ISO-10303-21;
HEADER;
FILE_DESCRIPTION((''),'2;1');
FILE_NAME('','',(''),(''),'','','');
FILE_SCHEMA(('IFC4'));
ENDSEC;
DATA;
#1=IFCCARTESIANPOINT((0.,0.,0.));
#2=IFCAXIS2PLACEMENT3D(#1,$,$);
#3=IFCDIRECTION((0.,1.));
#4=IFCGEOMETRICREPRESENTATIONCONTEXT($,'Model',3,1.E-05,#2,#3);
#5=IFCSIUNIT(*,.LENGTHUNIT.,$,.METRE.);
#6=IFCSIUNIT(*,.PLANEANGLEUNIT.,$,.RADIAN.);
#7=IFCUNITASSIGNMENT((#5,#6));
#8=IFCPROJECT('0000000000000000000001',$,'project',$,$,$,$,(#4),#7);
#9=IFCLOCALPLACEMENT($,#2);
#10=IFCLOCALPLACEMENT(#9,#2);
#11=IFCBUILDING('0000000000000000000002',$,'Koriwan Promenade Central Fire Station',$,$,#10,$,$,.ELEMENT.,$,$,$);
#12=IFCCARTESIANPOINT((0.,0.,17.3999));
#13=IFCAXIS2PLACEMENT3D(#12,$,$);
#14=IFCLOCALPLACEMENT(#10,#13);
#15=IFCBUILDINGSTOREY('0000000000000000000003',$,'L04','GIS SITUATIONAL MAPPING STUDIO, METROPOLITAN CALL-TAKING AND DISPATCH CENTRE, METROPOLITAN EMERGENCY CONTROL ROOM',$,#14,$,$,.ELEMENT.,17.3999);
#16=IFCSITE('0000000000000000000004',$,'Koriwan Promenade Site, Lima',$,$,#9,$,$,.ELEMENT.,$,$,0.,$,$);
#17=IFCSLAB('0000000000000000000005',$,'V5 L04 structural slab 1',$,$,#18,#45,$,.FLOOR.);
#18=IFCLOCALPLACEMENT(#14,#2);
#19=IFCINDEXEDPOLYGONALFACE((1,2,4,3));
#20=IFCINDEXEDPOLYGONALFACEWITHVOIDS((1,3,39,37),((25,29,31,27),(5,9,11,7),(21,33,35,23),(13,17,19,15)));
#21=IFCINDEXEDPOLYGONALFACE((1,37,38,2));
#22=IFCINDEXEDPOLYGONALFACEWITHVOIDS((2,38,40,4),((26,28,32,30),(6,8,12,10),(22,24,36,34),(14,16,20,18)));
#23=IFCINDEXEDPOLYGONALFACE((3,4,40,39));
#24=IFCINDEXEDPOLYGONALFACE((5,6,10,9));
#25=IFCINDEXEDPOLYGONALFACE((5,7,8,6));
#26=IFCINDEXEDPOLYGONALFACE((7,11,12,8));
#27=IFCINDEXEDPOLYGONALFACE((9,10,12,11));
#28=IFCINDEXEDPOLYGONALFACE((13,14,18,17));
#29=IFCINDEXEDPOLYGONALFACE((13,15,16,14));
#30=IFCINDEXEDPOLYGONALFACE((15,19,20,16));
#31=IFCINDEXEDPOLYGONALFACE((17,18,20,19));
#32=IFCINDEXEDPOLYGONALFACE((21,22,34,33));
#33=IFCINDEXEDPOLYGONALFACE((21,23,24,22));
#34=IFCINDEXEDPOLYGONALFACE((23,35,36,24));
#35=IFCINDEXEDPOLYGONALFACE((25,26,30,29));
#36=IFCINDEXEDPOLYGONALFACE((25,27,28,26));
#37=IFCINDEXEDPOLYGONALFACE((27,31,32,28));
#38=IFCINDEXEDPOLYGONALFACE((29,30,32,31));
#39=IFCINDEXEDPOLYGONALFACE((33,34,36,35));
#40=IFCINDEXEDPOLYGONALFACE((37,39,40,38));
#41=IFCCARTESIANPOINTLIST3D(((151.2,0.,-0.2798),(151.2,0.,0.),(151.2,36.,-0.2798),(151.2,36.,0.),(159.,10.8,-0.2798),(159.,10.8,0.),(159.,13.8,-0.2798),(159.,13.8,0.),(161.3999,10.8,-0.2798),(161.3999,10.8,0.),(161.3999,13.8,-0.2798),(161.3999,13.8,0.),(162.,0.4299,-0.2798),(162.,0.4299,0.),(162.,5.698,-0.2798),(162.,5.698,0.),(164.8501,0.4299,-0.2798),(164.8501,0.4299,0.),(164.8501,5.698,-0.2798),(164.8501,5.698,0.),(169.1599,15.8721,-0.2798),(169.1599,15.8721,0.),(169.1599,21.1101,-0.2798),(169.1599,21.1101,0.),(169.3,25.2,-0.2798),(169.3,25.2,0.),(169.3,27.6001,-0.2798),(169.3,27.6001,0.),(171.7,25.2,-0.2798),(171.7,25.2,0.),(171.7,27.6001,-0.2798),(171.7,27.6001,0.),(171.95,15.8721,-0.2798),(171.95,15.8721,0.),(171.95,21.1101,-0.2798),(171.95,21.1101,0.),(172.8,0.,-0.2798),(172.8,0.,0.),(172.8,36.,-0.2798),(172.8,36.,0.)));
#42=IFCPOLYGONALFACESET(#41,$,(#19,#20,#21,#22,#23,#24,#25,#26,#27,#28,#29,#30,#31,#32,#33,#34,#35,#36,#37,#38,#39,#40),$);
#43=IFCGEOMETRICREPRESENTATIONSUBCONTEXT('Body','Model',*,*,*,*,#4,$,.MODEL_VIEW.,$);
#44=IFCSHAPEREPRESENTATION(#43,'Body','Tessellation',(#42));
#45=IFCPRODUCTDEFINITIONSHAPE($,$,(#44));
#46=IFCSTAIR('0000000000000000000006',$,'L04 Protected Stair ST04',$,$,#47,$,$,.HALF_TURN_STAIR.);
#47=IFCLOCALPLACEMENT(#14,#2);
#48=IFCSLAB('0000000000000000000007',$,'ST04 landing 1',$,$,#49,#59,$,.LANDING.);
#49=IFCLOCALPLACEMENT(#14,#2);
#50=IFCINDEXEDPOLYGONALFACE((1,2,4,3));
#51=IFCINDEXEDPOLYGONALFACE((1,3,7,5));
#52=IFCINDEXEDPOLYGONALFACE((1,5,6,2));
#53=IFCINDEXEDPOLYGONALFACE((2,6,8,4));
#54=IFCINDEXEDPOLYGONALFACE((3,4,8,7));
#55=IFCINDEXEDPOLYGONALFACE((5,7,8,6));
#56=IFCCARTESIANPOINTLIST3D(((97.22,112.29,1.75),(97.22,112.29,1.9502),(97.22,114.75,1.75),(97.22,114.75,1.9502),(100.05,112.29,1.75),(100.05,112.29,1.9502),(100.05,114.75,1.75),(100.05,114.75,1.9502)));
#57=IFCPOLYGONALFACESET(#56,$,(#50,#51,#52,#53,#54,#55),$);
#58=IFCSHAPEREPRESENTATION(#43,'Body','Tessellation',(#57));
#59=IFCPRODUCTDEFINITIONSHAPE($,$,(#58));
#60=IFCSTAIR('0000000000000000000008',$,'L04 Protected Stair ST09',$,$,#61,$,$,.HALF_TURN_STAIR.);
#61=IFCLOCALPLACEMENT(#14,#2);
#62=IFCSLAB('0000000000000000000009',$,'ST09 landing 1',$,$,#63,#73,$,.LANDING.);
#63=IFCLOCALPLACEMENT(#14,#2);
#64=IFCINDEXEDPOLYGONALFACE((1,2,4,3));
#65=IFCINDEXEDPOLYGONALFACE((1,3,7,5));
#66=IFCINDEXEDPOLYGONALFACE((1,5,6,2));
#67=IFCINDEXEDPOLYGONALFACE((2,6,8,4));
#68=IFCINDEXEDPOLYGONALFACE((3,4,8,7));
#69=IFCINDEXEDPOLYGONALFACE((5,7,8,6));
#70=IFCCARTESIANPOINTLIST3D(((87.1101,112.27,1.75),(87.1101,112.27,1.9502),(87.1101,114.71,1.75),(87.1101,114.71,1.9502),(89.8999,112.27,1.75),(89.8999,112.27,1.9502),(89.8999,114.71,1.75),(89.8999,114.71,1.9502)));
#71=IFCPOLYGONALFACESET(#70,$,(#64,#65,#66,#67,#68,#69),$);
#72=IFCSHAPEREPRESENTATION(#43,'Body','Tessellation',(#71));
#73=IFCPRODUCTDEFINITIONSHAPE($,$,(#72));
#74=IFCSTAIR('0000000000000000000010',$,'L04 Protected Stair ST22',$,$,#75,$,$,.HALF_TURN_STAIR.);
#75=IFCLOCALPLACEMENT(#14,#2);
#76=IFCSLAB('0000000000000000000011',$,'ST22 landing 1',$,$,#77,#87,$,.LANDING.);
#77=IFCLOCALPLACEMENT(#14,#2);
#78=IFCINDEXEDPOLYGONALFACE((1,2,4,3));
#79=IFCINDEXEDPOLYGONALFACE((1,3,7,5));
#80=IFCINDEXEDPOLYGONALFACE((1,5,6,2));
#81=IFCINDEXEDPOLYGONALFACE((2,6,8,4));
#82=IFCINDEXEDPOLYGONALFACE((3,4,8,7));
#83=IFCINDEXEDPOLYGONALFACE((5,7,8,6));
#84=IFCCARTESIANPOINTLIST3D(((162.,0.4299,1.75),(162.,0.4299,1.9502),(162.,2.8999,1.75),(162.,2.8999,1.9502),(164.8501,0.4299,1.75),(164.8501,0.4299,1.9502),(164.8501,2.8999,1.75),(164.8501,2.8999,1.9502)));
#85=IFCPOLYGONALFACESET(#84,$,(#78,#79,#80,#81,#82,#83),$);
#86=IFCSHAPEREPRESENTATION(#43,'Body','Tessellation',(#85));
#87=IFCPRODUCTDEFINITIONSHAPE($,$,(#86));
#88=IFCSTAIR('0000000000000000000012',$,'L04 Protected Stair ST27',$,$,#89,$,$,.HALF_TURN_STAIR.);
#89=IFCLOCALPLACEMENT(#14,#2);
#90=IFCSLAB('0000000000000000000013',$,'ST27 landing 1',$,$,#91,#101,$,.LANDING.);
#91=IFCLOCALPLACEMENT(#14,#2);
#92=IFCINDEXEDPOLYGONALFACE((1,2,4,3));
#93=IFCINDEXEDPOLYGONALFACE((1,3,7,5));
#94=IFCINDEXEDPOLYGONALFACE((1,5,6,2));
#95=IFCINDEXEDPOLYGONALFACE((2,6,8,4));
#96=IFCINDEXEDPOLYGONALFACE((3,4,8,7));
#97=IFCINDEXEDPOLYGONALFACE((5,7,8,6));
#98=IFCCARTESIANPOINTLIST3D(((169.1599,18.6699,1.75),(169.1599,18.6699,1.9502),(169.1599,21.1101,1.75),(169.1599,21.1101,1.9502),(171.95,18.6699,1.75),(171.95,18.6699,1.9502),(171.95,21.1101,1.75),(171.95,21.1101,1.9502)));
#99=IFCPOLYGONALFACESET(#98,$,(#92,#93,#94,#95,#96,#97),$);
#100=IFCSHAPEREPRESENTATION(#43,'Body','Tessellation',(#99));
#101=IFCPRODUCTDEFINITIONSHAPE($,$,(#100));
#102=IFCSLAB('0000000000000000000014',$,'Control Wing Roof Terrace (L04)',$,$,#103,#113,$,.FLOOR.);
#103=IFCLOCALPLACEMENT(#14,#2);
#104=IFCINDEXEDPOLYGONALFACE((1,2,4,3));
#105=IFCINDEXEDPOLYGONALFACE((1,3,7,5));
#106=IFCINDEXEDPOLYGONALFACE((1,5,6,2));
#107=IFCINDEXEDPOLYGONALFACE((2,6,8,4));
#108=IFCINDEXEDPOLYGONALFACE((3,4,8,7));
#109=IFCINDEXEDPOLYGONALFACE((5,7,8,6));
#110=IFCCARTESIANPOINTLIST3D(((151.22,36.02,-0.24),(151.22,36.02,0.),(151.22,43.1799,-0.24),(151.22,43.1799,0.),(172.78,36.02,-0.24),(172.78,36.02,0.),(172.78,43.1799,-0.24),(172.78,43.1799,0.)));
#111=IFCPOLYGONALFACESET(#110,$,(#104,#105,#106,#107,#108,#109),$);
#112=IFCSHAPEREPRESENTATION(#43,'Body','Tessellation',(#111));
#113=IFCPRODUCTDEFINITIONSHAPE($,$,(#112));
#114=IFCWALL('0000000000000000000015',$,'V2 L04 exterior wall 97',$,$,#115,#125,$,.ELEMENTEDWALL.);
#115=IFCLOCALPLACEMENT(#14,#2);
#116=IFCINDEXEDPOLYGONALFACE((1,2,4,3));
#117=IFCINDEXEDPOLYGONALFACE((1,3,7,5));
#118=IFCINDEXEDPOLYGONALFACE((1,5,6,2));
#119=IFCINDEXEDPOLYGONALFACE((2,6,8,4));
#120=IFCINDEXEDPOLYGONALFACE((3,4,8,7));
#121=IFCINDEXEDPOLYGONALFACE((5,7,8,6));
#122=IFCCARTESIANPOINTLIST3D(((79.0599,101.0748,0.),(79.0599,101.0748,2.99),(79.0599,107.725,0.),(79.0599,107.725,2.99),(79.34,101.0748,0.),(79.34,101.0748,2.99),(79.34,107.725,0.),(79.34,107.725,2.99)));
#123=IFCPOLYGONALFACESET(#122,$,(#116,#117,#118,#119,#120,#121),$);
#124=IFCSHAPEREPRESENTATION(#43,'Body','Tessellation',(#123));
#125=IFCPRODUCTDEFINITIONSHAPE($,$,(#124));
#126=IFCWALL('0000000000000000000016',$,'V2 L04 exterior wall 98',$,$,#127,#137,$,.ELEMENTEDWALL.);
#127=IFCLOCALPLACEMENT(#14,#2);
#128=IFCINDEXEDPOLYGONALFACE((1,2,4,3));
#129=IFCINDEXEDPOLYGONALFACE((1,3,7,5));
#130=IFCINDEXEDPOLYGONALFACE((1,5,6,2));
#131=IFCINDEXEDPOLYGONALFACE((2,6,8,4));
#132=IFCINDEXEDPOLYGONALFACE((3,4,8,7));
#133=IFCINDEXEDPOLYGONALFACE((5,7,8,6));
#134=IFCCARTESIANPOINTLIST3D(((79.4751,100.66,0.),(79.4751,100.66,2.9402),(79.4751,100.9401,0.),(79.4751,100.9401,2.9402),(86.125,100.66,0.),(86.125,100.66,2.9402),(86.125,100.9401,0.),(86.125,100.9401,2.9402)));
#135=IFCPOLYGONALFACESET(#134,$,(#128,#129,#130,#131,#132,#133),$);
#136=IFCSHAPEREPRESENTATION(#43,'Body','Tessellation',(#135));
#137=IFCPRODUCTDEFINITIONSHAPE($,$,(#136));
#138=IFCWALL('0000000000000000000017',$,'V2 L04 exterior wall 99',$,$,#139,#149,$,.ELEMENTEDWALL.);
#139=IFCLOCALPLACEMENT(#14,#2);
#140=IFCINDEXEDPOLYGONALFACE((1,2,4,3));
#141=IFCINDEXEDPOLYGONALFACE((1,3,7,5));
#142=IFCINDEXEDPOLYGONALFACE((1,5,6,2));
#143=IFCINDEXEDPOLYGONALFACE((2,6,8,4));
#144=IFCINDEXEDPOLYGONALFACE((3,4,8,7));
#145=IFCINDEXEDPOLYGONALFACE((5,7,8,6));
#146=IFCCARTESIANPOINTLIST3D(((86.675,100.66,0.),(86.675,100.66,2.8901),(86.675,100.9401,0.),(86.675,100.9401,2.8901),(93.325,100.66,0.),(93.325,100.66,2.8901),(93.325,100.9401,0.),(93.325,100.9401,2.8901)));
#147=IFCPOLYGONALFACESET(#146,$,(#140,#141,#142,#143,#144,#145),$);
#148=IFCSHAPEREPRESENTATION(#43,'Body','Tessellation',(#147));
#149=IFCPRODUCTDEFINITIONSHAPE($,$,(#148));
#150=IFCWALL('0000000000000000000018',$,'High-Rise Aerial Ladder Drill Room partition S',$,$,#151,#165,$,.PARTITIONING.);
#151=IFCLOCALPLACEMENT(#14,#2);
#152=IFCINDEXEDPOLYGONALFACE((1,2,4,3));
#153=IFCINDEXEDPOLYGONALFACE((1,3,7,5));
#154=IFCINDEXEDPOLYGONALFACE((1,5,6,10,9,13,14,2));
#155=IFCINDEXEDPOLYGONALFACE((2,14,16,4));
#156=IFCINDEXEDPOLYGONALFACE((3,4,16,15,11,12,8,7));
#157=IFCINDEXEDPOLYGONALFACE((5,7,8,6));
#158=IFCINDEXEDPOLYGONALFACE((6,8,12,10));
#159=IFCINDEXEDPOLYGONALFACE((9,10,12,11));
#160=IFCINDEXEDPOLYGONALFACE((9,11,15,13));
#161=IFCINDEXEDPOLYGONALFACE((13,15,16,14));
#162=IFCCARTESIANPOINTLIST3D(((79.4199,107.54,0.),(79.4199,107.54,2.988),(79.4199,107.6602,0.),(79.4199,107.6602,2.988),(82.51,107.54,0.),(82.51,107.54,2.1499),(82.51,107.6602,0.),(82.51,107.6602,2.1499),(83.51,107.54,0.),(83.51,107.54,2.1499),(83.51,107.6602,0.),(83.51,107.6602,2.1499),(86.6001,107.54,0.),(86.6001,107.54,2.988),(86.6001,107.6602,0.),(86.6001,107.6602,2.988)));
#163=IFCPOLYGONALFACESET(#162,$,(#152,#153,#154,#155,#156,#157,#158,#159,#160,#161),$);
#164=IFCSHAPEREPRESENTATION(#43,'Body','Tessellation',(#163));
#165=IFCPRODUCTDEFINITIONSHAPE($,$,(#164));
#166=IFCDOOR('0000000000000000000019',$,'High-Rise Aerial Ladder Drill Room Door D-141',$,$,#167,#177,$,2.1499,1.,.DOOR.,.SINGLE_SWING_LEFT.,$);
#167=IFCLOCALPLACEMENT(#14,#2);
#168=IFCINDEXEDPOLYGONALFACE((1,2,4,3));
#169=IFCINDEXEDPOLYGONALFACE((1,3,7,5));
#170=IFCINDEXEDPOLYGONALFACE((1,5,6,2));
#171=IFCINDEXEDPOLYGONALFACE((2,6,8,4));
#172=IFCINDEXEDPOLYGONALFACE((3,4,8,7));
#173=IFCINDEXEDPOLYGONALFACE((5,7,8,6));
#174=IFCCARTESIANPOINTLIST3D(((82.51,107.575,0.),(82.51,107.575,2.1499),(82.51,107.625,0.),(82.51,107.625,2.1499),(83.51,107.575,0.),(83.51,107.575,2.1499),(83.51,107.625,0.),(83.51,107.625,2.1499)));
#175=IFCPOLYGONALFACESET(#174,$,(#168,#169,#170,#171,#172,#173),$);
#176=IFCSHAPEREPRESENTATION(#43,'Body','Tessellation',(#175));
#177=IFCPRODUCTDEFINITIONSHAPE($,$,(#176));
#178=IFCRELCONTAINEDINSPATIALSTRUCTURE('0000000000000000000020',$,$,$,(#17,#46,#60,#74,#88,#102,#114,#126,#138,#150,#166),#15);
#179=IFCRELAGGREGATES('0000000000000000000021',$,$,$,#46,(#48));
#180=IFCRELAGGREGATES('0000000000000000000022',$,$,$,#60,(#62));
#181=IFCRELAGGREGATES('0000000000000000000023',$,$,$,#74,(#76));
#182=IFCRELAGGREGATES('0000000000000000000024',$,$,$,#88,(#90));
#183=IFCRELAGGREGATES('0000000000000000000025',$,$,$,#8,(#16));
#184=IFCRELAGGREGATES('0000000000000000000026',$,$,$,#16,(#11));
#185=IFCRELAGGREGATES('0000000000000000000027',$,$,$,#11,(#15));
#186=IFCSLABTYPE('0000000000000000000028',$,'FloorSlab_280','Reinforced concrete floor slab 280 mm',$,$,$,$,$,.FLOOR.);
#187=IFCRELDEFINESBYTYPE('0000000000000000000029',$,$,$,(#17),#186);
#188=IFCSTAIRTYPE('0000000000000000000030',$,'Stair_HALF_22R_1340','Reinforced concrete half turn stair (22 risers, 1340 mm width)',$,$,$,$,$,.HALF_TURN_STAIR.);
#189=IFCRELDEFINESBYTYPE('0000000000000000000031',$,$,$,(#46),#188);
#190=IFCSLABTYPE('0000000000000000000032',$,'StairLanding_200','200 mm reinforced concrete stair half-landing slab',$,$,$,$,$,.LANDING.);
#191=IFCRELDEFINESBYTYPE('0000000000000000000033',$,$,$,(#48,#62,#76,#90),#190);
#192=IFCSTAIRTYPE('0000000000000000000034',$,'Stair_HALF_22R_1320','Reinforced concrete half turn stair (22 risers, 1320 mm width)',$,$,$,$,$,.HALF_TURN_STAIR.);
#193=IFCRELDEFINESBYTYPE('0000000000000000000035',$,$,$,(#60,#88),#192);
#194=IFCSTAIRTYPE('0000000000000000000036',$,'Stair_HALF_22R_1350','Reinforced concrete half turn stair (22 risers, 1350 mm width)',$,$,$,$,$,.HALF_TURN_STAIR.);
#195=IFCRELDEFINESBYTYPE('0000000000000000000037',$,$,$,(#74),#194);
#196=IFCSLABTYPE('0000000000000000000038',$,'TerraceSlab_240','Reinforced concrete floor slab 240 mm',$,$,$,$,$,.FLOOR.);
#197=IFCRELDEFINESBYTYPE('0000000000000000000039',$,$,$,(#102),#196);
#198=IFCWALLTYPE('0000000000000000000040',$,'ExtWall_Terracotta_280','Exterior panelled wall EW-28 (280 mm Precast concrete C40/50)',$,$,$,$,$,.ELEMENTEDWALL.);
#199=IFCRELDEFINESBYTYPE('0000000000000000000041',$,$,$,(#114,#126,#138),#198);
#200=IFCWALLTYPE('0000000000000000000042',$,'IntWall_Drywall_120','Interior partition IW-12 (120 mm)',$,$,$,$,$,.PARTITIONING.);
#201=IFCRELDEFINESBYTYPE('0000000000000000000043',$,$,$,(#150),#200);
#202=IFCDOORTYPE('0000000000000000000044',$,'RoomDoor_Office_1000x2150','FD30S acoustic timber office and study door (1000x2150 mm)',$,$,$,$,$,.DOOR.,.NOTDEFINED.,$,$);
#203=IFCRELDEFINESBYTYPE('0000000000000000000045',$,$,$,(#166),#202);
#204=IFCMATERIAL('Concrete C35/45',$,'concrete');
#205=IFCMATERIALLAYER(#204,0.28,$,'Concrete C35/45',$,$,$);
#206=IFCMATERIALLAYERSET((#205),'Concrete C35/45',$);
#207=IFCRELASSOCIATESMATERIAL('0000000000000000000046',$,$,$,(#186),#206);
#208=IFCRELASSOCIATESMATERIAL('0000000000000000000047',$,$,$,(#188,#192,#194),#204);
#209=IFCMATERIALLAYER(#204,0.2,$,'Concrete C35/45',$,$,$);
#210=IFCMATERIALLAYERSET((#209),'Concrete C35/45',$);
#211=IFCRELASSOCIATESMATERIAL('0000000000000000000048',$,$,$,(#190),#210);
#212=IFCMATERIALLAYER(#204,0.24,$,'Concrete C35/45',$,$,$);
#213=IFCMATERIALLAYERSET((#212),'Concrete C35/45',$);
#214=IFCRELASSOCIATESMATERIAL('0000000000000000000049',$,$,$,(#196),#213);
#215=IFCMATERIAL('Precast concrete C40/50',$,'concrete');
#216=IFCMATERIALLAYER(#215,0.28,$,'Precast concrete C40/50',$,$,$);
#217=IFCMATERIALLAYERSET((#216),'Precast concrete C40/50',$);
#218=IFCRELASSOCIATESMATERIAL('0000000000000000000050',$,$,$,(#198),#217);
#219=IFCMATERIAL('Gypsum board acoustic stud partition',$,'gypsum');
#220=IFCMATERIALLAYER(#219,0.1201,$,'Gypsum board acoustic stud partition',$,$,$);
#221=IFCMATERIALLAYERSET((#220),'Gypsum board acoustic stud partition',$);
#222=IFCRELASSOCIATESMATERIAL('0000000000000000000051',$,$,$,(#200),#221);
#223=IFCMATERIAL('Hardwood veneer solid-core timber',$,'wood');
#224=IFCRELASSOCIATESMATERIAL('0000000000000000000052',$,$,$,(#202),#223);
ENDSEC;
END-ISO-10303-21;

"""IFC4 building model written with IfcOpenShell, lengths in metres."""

from ifc_helpers import new_model, si_unit, direction, frame, frame_2d, origin, place, context, subcontext, project, spatial, polyline, rectangle, outline, extrude, material, layer, layer_set, type_object, element, fill, aggregate, save


model = new_model("IFC4")

# Units and contexts
model_context = context("Model", 3, precision=1e-05, world=origin(), true_north=direction((0.0, 1.0)))
body_context = subcontext(model_context, "Body", "Model", "MODEL_VIEW")
ifc_project = project(units=[si_unit("LENGTHUNIT", "METRE"), si_unit("PLANEANGLEUNIT", "RADIAN")], contexts=[model_context])

# Site, building, storey
site_placement = place(None, origin())
site = spatial("IfcSite", under=ifc_project, at=site_placement, Name="Koriwan Promenade Site, Lima", CompositionType="ELEMENT", RefElevation=0.0)
building_placement = place(site_placement, origin())
building = spatial("IfcBuilding", under=site, at=building_placement, Name="Koriwan Promenade Central Fire Station", CompositionType="ELEMENT")
storey_placement = place(building_placement, frame((0.0, 0.0, 17.3999)))
storey = spatial("IfcBuildingStorey", under=building, at=storey_placement, Name="L04", Description="GIS SITUATIONAL MAPPING STUDIO, METROPOLITAN CALL-TAKING AND DISPATCH CENTRE, METROPOLITAN EMERGENCY CONTROL ROOM", CompositionType="ELEMENT", Elevation=17.3999)

# Shared definitions
ifc_material_1 = material(Name="Concrete C35/45", Category="concrete")

# Slab
ifc_layer_1 = layer(ifc_material_1, 0.28, Name="Concrete C35/45")
ifc_layer_set_1 = layer_set([ifc_layer_1], Name="Concrete C35/45")
slab_type_1 = type_object("IfcSlabType", Name="FloorSlab_280", Description="Reinforced concrete floor slab 280 mm", PredefinedType="FLOOR", material=ifc_layer_set_1)
slab_1_placement = place(storey_placement, frame((0.0, 0.0, -0.2798)))
element("IfcSlab", 1, at=slab_1_placement, inside=storey, type_object=slab_type_1, Name="V5 L04 structural slab 1", PredefinedType="FLOOR", context=body_context, shape_type="SweptSolid", body=[
    extrude(outline(polyline([(172.8, 36.0), (172.8, 0.0), (151.2, 0.0), (151.2, 36.0), (172.8, 36.0)]), holes=[polyline([(164.8501, 5.698), (162.0, 5.698), (162.0, 0.4299), (164.8501, 0.4299), (164.8501, 5.698)]), polyline([(171.95, 15.8721), (171.95, 21.1101), (169.1599, 21.1101), (169.1599, 15.8721), (171.95, 15.8721)]), polyline([(159.0, 10.8), (161.3999, 10.8), (161.3999, 13.8), (159.0, 13.8), (159.0, 10.8)]), polyline([(171.7, 27.6001), (169.3, 27.6001), (169.3, 25.2), (171.7, 25.2), (171.7, 27.6001)])]), origin(), (0.0, 0.0, 1.0), 0.2798),
])

# Stairs, slabs
stair_type_1 = type_object("IfcStairType", Name="Stair_HALF_22R_1340", Description="Reinforced concrete half turn stair (22 risers, 1340 mm width)", PredefinedType="HALF_TURN_STAIR", material=ifc_material_1)
stair_1_placement = place(storey_placement, origin())
stair_1 = element("IfcStair", 2, at=stair_1_placement, inside=storey, type_object=stair_type_1, Name="L04 Protected Stair ST04", PredefinedType="HALF_TURN_STAIR")
ifc_layer_2 = layer(ifc_material_1, 0.2, Name="Concrete C35/45")
ifc_layer_set_2 = layer_set([ifc_layer_2], Name="Concrete C35/45")
slab_type_2 = type_object("IfcSlabType", Name="StairLanding_200", Description="200 mm reinforced concrete stair half-landing slab", PredefinedType="LANDING", material=ifc_layer_set_2)
slab_2_placement = place(storey_placement, frame((0.0, 0.0, 1.75)))
slab_2 = element("IfcSlab", 3, at=slab_2_placement, type_object=slab_type_2, Name="ST04 landing 1", PredefinedType="LANDING", context=body_context, shape_type="SweptSolid", body=[
    extrude(outline(polyline([(100.05, 112.29), (100.05, 114.75), (97.22, 114.75), (97.22, 112.29), (100.05, 112.29)])), origin(), (0.0, 0.0, 1.0), 0.2002),
])
aggregate(stair_1, [slab_2])
stair_type_2 = type_object("IfcStairType", Name="Stair_HALF_22R_1320", Description="Reinforced concrete half turn stair (22 risers, 1320 mm width)", PredefinedType="HALF_TURN_STAIR", material=ifc_material_1)
stair_2_placement = place(storey_placement, origin())
stair_2 = element("IfcStair", 4, at=stair_2_placement, inside=storey, type_object=stair_type_2, Name="L04 Protected Stair ST09", PredefinedType="HALF_TURN_STAIR")
slab_3_placement = place(storey_placement, frame((0.0, 0.0, 1.75)))
slab_3 = element("IfcSlab", 5, at=slab_3_placement, type_object=slab_type_2, Name="ST09 landing 1", PredefinedType="LANDING", context=body_context, shape_type="SweptSolid", body=[
    extrude(outline(polyline([(89.8999, 112.27), (89.8999, 114.71), (87.1101, 114.71), (87.1101, 112.27), (89.8999, 112.27)])), origin(), (0.0, 0.0, 1.0), 0.2002),
])
aggregate(stair_2, [slab_3])
stair_type_3 = type_object("IfcStairType", Name="Stair_HALF_22R_1350", Description="Reinforced concrete half turn stair (22 risers, 1350 mm width)", PredefinedType="HALF_TURN_STAIR", material=ifc_material_1)
stair_3_placement = place(storey_placement, origin())
stair_3 = element("IfcStair", 6, at=stair_3_placement, inside=storey, type_object=stair_type_3, Name="L04 Protected Stair ST22", PredefinedType="HALF_TURN_STAIR")
slab_4_placement = place(storey_placement, frame((0.0, 0.0, 1.75)))
slab_4 = element("IfcSlab", 7, at=slab_4_placement, type_object=slab_type_2, Name="ST22 landing 1", PredefinedType="LANDING", context=body_context, shape_type="SweptSolid", body=[
    extrude(outline(polyline([(162.0, 2.8999), (162.0, 0.4299), (164.8501, 0.4299), (164.8501, 2.8999), (162.0, 2.8999)])), origin(), (0.0, 0.0, 1.0), 0.2002),
])
aggregate(stair_3, [slab_4])
stair_4_placement = place(storey_placement, origin())
stair_4 = element("IfcStair", 8, at=stair_4_placement, inside=storey, type_object=stair_type_2, Name="L04 Protected Stair ST27", PredefinedType="HALF_TURN_STAIR")
slab_5_placement = place(storey_placement, frame((0.0, 0.0, 1.75)))
slab_5 = element("IfcSlab", 9, at=slab_5_placement, type_object=slab_type_2, Name="ST27 landing 1", PredefinedType="LANDING", context=body_context, shape_type="SweptSolid", body=[
    extrude(outline(polyline([(171.95, 18.6699), (171.95, 21.1101), (169.1599, 21.1101), (169.1599, 18.6699), (171.95, 18.6699)])), origin(), (0.0, 0.0, 1.0), 0.2002),
])
aggregate(stair_4, [slab_5])

# Slab
ifc_layer_3 = layer(ifc_material_1, 0.24, Name="Concrete C35/45")
ifc_layer_set_3 = layer_set([ifc_layer_3], Name="Concrete C35/45")
slab_type_3 = type_object("IfcSlabType", Name="TerraceSlab_240", Description="Reinforced concrete floor slab 240 mm", PredefinedType="FLOOR", material=ifc_layer_set_3)
slab_6_placement = place(storey_placement, frame((0.0, 0.0, -0.24)))
element("IfcSlab", 10, at=slab_6_placement, inside=storey, type_object=slab_type_3, Name="Control Wing Roof Terrace (L04)", PredefinedType="FLOOR", context=body_context, shape_type="SweptSolid", body=[
    extrude(outline(polyline([(172.78, 36.02), (151.22, 36.02), (151.22, 43.1799), (172.78, 43.1799), (172.78, 36.02)])), origin(), (0.0, 0.0, 1.0), 0.24),
])

# Walls
ifc_material_2 = material(Name="Precast concrete C40/50", Category="concrete")
ifc_layer_4 = layer(ifc_material_2, 0.28, Name="Precast concrete C40/50")
ifc_layer_set_4 = layer_set([ifc_layer_4], Name="Precast concrete C40/50")
wall_type_1 = type_object("IfcWallType", Name="ExtWall_Terracotta_280", Description="Exterior panelled wall EW-28 (280 mm Precast concrete C40/50)", PredefinedType="ELEMENTEDWALL", material=ifc_layer_set_4)
wall_1_placement = place(storey_placement, frame((79.2, 107.7251, 0.0), z_axis=(0.0, 0.0, 1.0), x_axis=(0.0, -1.0, 0.0)))
element("IfcWall", 11, at=wall_1_placement, inside=storey, type_object=wall_type_1, Name="V2 L04 exterior wall 97", PredefinedType="ELEMENTEDWALL", context=body_context, shape_type="SweptSolid", body=[
    extrude(rectangle(XDim=6.6501, YDim=0.28, at=frame_2d((3.3252, 0.0))), origin(), (0.0, 0.0, 1.0), 2.99),
])
wall_2_placement = place(storey_placement, frame((79.4751, 100.8, 0.0), z_axis=(0.0, 0.0, 1.0), x_axis=(1.0, 0.0, 0.0)))
element("IfcWall", 12, at=wall_2_placement, inside=storey, type_object=wall_type_1, Name="V2 L04 exterior wall 98", PredefinedType="ELEMENTEDWALL", context=body_context, shape_type="SweptSolid", body=[
    extrude(rectangle(XDim=6.6499, YDim=0.28, at=frame_2d((3.325, 0.0))), origin(), (0.0, 0.0, 1.0), 2.9402),
])
wall_3_placement = place(storey_placement, frame((86.675, 100.8, 0.0), z_axis=(0.0, 0.0, 1.0), x_axis=(1.0, 0.0, 0.0)))
element("IfcWall", 13, at=wall_3_placement, inside=storey, type_object=wall_type_1, Name="V2 L04 exterior wall 99", PredefinedType="ELEMENTEDWALL", context=body_context, shape_type="SweptSolid", body=[
    extrude(rectangle(XDim=6.6499, YDim=0.28, at=frame_2d((3.325, 0.0))), origin(), (0.0, 0.0, 1.0), 2.8901),
])

# Wall, opening, door
ifc_material_3 = material(Name="Gypsum board acoustic stud partition", Category="gypsum")
ifc_layer_5 = layer(ifc_material_3, 0.1201, Name="Gypsum board acoustic stud partition")
ifc_layer_set_5 = layer_set([ifc_layer_5], Name="Gypsum board acoustic stud partition")
wall_type_2 = type_object("IfcWallType", Name="IntWall_Drywall_120", Description="Interior partition IW-12 (120 mm)", PredefinedType="PARTITIONING", material=ifc_layer_set_5)
wall_4_placement = place(storey_placement, frame((79.4199, 107.6001, 0.0), z_axis=(0.0, 0.0, 1.0), x_axis=(1.0, 0.0, 0.0)))
wall_4 = element("IfcWall", 14, at=wall_4_placement, inside=storey, type_object=wall_type_2, Name="High-Rise Aerial Ladder Drill Room partition S", PredefinedType="PARTITIONING", context=body_context, shape_type="SweptSolid", body=[
    extrude(rectangle(XDim=7.1802, YDim=0.1201, at=frame_2d((3.5901, 0.0))), origin(), (0.0, 0.0, 1.0), 2.988),
])
opening_1_placement = place(wall_4_placement, frame((3.0901, 0.0, 0.0)))
opening_1 = element("IfcOpeningElement", 15, at=opening_1_placement, cuts=wall_4, PredefinedType="OPENING", context=body_context, shape_type="SweptSolid", body=[
    extrude(rectangle(XDim=1.0, YDim=2.1499, at=frame_2d((0.5, 1.075))), frame((0.0, 0.072, 0.0), z_axis=(0.0, -1.0, 0.0), x_axis=(1.0, 0.0, 0.0)), (0.0, 0.0, 1.0), 0.144),
])
ifc_material_4 = material(Name="Hardwood veneer solid-core timber", Category="wood")
door_type_1 = type_object("IfcDoorType", Name="RoomDoor_Office_1000x2150", Description="FD30S acoustic timber office and study door (1000x2150 mm)", OperationType="NOTDEFINED", PredefinedType="DOOR", material=ifc_material_4)
door_1_placement = place(opening_1_placement, origin())
door_1 = element("IfcDoor", 16, at=door_1_placement, inside=storey, type_object=door_type_1, Name="High-Rise Aerial Ladder Drill Room Door D-141", OperationType="SINGLE_SWING_LEFT", OverallHeight=2.1499, OverallWidth=1.0, PredefinedType="DOOR", context=body_context, shape_type="SweptSolid", body=[
    extrude(rectangle(XDim=1.0, YDim=2.1499, at=frame_2d((0.5, 1.075))), frame((0.0, 0.0249, 0.0), z_axis=(0.0, -1.0, 0.0), x_axis=(1.0, 0.0, 0.0)), (0.0, 0.0, 1.0), 0.05),
])
fill(opening_1, door_1)

save(model, "model.ifc")
